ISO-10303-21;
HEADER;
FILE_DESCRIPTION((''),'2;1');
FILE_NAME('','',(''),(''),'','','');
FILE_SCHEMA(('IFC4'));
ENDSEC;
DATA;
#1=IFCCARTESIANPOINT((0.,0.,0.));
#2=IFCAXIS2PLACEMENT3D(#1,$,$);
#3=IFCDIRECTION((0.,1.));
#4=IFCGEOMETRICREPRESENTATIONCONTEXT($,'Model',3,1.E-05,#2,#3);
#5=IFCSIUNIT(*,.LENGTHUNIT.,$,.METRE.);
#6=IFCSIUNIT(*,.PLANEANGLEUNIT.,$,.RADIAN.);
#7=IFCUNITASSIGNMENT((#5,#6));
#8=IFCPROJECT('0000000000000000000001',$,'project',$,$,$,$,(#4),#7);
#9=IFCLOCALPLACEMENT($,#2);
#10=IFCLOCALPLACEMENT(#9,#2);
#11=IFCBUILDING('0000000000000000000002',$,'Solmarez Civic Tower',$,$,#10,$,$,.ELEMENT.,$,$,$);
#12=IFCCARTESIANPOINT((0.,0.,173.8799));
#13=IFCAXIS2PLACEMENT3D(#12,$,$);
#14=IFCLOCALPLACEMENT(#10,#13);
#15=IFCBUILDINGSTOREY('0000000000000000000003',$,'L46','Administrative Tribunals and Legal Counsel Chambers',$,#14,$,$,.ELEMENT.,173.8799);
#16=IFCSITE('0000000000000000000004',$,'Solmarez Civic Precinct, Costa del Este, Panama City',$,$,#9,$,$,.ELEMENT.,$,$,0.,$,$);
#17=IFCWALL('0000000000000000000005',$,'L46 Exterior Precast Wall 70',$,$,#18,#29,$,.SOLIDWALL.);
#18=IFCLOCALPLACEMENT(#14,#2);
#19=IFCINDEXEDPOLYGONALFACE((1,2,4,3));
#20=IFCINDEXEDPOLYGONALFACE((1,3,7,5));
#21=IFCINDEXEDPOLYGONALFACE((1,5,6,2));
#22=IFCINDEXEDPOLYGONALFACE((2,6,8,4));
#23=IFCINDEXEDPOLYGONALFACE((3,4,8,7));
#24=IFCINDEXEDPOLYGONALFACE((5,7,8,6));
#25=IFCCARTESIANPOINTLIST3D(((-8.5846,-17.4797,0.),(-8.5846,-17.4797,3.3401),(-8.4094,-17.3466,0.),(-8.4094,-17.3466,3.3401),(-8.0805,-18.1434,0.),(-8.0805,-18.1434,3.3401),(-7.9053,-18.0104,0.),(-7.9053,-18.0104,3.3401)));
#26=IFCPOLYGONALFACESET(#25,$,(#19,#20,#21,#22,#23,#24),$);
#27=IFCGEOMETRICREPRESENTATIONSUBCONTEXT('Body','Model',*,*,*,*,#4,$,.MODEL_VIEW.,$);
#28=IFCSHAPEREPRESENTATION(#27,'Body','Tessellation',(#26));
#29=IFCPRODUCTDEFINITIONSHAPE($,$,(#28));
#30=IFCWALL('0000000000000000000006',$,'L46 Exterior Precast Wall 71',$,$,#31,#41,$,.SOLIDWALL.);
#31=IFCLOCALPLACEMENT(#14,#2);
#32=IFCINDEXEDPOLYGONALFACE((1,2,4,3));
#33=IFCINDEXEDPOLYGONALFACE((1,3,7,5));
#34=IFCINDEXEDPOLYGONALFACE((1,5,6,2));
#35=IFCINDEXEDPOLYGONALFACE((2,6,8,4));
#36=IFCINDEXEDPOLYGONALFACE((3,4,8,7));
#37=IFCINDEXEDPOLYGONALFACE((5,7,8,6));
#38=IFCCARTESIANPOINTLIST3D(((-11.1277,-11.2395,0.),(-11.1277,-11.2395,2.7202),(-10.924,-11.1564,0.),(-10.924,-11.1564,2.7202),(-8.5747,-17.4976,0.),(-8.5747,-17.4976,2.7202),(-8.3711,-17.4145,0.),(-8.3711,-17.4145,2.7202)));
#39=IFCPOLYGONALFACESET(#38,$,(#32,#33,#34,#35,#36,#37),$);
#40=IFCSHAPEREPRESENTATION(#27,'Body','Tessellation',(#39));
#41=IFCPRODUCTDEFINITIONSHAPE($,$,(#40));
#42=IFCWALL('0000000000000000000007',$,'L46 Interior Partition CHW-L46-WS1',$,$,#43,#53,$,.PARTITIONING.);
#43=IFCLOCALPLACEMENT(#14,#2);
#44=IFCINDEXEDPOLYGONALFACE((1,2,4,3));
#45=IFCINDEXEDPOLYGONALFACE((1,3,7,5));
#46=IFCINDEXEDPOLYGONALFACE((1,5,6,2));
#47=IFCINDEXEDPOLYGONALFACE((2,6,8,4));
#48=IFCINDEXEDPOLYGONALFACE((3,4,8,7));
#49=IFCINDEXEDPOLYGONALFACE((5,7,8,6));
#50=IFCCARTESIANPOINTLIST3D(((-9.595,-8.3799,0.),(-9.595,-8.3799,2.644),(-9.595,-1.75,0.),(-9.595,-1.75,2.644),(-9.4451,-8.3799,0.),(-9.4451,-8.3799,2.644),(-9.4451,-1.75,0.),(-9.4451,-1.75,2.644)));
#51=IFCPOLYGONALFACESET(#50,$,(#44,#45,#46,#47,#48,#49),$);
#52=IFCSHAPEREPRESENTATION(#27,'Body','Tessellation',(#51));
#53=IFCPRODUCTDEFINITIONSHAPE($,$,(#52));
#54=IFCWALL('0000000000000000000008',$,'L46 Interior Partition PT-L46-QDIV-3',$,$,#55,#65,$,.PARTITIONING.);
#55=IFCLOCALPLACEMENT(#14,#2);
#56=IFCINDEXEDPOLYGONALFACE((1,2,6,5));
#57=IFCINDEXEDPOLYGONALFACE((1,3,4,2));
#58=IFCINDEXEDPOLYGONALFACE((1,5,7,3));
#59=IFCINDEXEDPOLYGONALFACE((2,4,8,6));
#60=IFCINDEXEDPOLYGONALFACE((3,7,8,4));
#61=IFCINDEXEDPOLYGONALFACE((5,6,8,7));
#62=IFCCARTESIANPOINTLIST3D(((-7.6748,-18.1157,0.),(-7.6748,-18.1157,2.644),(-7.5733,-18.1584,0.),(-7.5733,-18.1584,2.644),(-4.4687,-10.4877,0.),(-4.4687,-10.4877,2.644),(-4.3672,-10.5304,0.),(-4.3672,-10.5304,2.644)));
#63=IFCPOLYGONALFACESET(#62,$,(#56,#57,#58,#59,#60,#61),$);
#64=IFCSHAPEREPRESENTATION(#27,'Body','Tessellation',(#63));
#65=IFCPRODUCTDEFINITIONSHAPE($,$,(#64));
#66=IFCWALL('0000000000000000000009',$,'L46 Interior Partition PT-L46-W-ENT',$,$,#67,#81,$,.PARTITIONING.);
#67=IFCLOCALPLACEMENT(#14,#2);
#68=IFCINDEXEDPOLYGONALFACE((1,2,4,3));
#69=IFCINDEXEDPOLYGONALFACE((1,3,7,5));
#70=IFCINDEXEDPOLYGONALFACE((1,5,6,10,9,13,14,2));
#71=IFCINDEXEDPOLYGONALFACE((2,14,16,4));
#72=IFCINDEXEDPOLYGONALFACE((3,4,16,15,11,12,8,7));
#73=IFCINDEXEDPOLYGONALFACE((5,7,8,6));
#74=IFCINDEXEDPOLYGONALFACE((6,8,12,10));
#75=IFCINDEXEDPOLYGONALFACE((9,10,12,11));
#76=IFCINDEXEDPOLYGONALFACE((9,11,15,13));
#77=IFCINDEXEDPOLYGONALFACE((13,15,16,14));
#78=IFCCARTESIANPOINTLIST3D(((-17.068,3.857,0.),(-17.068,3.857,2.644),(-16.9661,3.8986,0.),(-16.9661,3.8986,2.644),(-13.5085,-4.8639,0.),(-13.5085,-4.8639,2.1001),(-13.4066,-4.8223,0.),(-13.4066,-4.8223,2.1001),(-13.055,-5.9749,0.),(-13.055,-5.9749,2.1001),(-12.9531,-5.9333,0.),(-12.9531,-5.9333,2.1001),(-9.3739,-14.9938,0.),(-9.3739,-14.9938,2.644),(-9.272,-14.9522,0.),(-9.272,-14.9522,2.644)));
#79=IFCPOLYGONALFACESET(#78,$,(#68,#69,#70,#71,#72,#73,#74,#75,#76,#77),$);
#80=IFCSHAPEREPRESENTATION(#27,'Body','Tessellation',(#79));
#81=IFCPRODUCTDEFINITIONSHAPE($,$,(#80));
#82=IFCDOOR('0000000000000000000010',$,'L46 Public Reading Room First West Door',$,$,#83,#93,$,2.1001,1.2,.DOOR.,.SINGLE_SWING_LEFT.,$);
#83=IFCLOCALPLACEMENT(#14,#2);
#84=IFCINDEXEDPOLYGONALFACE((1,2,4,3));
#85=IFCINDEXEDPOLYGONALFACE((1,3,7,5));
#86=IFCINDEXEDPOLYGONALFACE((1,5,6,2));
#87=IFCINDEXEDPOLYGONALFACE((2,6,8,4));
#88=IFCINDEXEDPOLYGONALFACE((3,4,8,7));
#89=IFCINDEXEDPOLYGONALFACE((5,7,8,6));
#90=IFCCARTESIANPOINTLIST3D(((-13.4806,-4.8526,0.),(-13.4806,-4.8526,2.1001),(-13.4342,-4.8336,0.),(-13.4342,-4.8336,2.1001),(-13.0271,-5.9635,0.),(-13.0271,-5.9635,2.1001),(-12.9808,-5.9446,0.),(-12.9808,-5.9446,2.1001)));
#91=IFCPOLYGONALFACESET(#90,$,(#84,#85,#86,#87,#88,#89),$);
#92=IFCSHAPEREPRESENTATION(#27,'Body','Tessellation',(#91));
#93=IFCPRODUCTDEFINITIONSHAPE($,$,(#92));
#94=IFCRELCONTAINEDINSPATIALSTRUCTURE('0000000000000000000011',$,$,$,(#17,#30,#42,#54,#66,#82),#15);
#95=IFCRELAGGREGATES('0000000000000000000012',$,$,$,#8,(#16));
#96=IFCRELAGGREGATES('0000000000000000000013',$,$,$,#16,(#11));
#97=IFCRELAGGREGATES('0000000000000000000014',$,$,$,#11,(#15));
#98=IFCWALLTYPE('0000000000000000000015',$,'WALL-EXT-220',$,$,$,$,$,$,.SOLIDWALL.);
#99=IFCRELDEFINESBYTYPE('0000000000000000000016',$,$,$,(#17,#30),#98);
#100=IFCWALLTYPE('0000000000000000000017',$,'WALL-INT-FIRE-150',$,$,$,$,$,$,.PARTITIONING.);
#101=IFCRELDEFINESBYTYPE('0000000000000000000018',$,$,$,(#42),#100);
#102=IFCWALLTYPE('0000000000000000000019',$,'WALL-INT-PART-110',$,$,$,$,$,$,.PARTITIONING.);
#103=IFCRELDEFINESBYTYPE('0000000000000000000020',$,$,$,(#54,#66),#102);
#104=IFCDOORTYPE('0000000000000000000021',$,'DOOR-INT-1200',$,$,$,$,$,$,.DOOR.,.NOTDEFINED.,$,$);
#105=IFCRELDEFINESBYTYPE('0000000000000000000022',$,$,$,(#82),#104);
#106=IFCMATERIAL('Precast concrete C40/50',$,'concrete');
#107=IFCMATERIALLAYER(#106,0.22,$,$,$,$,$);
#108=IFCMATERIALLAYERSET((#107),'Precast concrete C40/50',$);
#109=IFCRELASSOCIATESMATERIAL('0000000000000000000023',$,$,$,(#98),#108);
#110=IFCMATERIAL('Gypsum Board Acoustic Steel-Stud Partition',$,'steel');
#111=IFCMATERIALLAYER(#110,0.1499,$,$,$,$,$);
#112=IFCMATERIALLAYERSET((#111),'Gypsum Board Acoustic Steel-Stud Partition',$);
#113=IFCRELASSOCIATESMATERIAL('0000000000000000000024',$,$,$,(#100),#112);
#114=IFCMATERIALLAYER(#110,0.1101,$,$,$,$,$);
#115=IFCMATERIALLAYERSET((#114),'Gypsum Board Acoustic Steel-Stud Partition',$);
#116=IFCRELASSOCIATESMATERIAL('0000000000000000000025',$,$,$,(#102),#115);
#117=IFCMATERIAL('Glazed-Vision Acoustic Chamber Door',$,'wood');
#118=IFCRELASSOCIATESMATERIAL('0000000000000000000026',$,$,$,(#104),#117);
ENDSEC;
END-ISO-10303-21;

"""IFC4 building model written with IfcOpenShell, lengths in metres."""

from ifc_helpers import new_model, si_unit, direction, frame, frame_2d, origin, place, context, subcontext, project, spatial, rectangle, extrude, material, layer, layer_set, type_object, element, fill, save


model = new_model("IFC4")

# Units and contexts
model_context = context("Model", 3, precision=1e-05, world=origin(), true_north=direction((0.0, 1.0)))
body_context = subcontext(model_context, "Body", "Model", "MODEL_VIEW")
ifc_project = project(units=[si_unit("LENGTHUNIT", "METRE"), si_unit("PLANEANGLEUNIT", "RADIAN")], contexts=[model_context])

# Site, building, storey
site_placement = place(None, origin())
site = spatial("IfcSite", under=ifc_project, at=site_placement, Name="Solmarez Civic Precinct, Costa del Este, Panama City", CompositionType="ELEMENT", RefElevation=0.0)
building_placement = place(site_placement, origin())
building = spatial("IfcBuilding", under=site, at=building_placement, Name="Solmarez Civic Tower", CompositionType="ELEMENT")
storey_placement = place(building_placement, frame((0.0, 0.0, 173.8799)))
storey = spatial("IfcBuildingStorey", under=building, at=storey_placement, Name="L46", Description="Administrative Tribunals and Legal Counsel Chambers", CompositionType="ELEMENT", Elevation=173.8799)

# Shared definitions
ifc_material_1 = material(Name="Precast concrete C40/50", Category="concrete")
ifc_layer_1 = layer(ifc_material_1, 0.22)
ifc_layer_set_1 = layer_set([ifc_layer_1], Name="Precast concrete C40/50")
wall_type_1 = type_object("IfcWallType", Name="WALL-EXT-220", PredefinedType="SOLIDWALL", material=ifc_layer_set_1)

# Walls
wall_1_placement = place(storey_placement, frame((-7.9929, -18.0769, 0.0), z_axis=(0.0, 0.0, 1.0), x_axis=(-0.604816, 0.796365, 0.0)))
element("IfcWall", 1, at=wall_1_placement, inside=storey, type_object=wall_type_1, Name="L46 Exterior Precast Wall 70", PredefinedType="SOLIDWALL", context=body_context, shape_type="SweptSolid", body=[
    extrude(rectangle(XDim=0.8335, YDim=0.22, at=frame_2d((0.4167, 0.0))), origin(), (0.0, 0.0, 1.0), 3.3401),
])
wall_2_placement = place(storey_placement, frame((-8.4729, -17.4561, 0.0), z_axis=(0.0, 0.0, 1.0), x_axis=(-0.377728, 0.925916, 0.0)))
element("IfcWall", 2, at=wall_2_placement, inside=storey, type_object=wall_type_1, Name="L46 Exterior Precast Wall 71", PredefinedType="SOLIDWALL", context=body_context, shape_type="SweptSolid", body=[
    extrude(rectangle(XDim=6.7588, YDim=0.22, at=frame_2d((3.3794, 0.0))), origin(), (0.0, 0.0, 1.0), 2.7202),
])
ifc_material_2 = material(Name="Gypsum Board Acoustic Steel-Stud Partition", Category="steel")
ifc_layer_2 = layer(ifc_material_2, 0.1499)
ifc_layer_set_2 = layer_set([ifc_layer_2], Name="Gypsum Board Acoustic Steel-Stud Partition")
wall_type_2 = type_object("IfcWallType", Name="WALL-INT-FIRE-150", PredefinedType="PARTITIONING", material=ifc_layer_set_2)
wall_3_placement = place(storey_placement, frame((-9.52, -8.3799, 0.0), z_axis=(0.0, 0.0, 1.0), x_axis=(0.0, 1.0, 0.0)))
element("IfcWall", 3, at=wall_3_placement, inside=storey, type_object=wall_type_2, Name="L46 Interior Partition CHW-L46-WS1", PredefinedType="PARTITIONING", context=body_context, shape_type="SweptSolid", body=[
    extrude(rectangle(XDim=6.6299, YDim=0.1499, at=frame_2d((3.3149, 0.0))), origin(), (0.0, 0.0, 1.0), 2.644),
])
ifc_layer_3 = layer(ifc_material_2, 0.1101)
ifc_layer_set_3 = layer_set([ifc_layer_3], Name="Gypsum Board Acoustic Steel-Stud Partition")
wall_type_3 = type_object("IfcWallType", Name="WALL-INT-PART-110", PredefinedType="PARTITIONING", material=ifc_layer_set_3)
wall_4_placement = place(storey_placement, frame((-4.418, -10.509, 0.0), z_axis=(0.0, 0.0, 1.0), x_axis=(-0.387471, -0.921882, 0.0)))
element("IfcWall", 4, at=wall_4_placement, inside=storey, type_object=wall_type_3, Name="L46 Interior Partition PT-L46-QDIV-3", PredefinedType="PARTITIONING", context=body_context, shape_type="SweptSolid", body=[
    extrude(rectangle(XDim=8.2744, YDim=0.1101, at=frame_2d((4.1372, 0.0))), origin(), (0.0, 0.0, 1.0), 2.644),
])

# Wall, opening, door
wall_5_placement = place(storey_placement, frame((-9.323, -14.9729, 0.0), z_axis=(0.0, 0.0, 1.0), x_axis=(-0.377892, 0.92585, 0.0)))
wall_5 = element("IfcWall", 5, at=wall_5_placement, inside=storey, type_object=wall_type_3, Name="L46 Interior Partition PT-L46-W-ENT", PredefinedType="PARTITIONING", context=body_context, shape_type="SweptSolid", body=[
    extrude(rectangle(XDim=20.3606, YDim=0.1101, at=frame_2d((10.1802, 0.0))), origin(), (0.0, 0.0, 1.0), 2.644),
])
opening_1_placement = place(wall_5_placement, frame((9.741, 0.0, 0.0)))
opening_1 = element("IfcOpeningElement", 6, at=opening_1_placement, cuts=wall_5, PredefinedType="OPENING", context=body_context, shape_type="SweptSolid", body=[
    extrude(rectangle(XDim=1.2, YDim=2.1001, at=frame_2d((0.6001, 1.05))), frame((0.0, 0.0649, 0.0), z_axis=(0.0, -1.0, 0.0), x_axis=(1.0, 0.0, 0.0)), (0.0, 0.0, 1.0), 0.1301),
])
ifc_material_3 = material(Name="Glazed-Vision Acoustic Chamber Door", Category="wood")
door_type_1 = type_object("IfcDoorType", Name="DOOR-INT-1200", OperationType="NOTDEFINED", PredefinedType="DOOR", material=ifc_material_3)
door_1_placement = place(opening_1_placement, origin())
door_1 = element("IfcDoor", 7, at=door_1_placement, inside=storey, type_object=door_type_1, Name="L46 Public Reading Room First West Door", OperationType="SINGLE_SWING_LEFT", OverallHeight=2.1001, OverallWidth=1.2, PredefinedType="DOOR", context=body_context, shape_type="SweptSolid", body=[
    extrude(rectangle(XDim=1.2, YDim=2.1001, at=frame_2d((0.6001, 1.05))), frame((0.0, 0.0249, 0.0), z_axis=(0.0, -1.0, 0.0), x_axis=(1.0, 0.0, 0.0)), (0.0, 0.0, 1.0), 0.05),
])
fill(opening_1, door_1)

save(model, "model.ifc")
